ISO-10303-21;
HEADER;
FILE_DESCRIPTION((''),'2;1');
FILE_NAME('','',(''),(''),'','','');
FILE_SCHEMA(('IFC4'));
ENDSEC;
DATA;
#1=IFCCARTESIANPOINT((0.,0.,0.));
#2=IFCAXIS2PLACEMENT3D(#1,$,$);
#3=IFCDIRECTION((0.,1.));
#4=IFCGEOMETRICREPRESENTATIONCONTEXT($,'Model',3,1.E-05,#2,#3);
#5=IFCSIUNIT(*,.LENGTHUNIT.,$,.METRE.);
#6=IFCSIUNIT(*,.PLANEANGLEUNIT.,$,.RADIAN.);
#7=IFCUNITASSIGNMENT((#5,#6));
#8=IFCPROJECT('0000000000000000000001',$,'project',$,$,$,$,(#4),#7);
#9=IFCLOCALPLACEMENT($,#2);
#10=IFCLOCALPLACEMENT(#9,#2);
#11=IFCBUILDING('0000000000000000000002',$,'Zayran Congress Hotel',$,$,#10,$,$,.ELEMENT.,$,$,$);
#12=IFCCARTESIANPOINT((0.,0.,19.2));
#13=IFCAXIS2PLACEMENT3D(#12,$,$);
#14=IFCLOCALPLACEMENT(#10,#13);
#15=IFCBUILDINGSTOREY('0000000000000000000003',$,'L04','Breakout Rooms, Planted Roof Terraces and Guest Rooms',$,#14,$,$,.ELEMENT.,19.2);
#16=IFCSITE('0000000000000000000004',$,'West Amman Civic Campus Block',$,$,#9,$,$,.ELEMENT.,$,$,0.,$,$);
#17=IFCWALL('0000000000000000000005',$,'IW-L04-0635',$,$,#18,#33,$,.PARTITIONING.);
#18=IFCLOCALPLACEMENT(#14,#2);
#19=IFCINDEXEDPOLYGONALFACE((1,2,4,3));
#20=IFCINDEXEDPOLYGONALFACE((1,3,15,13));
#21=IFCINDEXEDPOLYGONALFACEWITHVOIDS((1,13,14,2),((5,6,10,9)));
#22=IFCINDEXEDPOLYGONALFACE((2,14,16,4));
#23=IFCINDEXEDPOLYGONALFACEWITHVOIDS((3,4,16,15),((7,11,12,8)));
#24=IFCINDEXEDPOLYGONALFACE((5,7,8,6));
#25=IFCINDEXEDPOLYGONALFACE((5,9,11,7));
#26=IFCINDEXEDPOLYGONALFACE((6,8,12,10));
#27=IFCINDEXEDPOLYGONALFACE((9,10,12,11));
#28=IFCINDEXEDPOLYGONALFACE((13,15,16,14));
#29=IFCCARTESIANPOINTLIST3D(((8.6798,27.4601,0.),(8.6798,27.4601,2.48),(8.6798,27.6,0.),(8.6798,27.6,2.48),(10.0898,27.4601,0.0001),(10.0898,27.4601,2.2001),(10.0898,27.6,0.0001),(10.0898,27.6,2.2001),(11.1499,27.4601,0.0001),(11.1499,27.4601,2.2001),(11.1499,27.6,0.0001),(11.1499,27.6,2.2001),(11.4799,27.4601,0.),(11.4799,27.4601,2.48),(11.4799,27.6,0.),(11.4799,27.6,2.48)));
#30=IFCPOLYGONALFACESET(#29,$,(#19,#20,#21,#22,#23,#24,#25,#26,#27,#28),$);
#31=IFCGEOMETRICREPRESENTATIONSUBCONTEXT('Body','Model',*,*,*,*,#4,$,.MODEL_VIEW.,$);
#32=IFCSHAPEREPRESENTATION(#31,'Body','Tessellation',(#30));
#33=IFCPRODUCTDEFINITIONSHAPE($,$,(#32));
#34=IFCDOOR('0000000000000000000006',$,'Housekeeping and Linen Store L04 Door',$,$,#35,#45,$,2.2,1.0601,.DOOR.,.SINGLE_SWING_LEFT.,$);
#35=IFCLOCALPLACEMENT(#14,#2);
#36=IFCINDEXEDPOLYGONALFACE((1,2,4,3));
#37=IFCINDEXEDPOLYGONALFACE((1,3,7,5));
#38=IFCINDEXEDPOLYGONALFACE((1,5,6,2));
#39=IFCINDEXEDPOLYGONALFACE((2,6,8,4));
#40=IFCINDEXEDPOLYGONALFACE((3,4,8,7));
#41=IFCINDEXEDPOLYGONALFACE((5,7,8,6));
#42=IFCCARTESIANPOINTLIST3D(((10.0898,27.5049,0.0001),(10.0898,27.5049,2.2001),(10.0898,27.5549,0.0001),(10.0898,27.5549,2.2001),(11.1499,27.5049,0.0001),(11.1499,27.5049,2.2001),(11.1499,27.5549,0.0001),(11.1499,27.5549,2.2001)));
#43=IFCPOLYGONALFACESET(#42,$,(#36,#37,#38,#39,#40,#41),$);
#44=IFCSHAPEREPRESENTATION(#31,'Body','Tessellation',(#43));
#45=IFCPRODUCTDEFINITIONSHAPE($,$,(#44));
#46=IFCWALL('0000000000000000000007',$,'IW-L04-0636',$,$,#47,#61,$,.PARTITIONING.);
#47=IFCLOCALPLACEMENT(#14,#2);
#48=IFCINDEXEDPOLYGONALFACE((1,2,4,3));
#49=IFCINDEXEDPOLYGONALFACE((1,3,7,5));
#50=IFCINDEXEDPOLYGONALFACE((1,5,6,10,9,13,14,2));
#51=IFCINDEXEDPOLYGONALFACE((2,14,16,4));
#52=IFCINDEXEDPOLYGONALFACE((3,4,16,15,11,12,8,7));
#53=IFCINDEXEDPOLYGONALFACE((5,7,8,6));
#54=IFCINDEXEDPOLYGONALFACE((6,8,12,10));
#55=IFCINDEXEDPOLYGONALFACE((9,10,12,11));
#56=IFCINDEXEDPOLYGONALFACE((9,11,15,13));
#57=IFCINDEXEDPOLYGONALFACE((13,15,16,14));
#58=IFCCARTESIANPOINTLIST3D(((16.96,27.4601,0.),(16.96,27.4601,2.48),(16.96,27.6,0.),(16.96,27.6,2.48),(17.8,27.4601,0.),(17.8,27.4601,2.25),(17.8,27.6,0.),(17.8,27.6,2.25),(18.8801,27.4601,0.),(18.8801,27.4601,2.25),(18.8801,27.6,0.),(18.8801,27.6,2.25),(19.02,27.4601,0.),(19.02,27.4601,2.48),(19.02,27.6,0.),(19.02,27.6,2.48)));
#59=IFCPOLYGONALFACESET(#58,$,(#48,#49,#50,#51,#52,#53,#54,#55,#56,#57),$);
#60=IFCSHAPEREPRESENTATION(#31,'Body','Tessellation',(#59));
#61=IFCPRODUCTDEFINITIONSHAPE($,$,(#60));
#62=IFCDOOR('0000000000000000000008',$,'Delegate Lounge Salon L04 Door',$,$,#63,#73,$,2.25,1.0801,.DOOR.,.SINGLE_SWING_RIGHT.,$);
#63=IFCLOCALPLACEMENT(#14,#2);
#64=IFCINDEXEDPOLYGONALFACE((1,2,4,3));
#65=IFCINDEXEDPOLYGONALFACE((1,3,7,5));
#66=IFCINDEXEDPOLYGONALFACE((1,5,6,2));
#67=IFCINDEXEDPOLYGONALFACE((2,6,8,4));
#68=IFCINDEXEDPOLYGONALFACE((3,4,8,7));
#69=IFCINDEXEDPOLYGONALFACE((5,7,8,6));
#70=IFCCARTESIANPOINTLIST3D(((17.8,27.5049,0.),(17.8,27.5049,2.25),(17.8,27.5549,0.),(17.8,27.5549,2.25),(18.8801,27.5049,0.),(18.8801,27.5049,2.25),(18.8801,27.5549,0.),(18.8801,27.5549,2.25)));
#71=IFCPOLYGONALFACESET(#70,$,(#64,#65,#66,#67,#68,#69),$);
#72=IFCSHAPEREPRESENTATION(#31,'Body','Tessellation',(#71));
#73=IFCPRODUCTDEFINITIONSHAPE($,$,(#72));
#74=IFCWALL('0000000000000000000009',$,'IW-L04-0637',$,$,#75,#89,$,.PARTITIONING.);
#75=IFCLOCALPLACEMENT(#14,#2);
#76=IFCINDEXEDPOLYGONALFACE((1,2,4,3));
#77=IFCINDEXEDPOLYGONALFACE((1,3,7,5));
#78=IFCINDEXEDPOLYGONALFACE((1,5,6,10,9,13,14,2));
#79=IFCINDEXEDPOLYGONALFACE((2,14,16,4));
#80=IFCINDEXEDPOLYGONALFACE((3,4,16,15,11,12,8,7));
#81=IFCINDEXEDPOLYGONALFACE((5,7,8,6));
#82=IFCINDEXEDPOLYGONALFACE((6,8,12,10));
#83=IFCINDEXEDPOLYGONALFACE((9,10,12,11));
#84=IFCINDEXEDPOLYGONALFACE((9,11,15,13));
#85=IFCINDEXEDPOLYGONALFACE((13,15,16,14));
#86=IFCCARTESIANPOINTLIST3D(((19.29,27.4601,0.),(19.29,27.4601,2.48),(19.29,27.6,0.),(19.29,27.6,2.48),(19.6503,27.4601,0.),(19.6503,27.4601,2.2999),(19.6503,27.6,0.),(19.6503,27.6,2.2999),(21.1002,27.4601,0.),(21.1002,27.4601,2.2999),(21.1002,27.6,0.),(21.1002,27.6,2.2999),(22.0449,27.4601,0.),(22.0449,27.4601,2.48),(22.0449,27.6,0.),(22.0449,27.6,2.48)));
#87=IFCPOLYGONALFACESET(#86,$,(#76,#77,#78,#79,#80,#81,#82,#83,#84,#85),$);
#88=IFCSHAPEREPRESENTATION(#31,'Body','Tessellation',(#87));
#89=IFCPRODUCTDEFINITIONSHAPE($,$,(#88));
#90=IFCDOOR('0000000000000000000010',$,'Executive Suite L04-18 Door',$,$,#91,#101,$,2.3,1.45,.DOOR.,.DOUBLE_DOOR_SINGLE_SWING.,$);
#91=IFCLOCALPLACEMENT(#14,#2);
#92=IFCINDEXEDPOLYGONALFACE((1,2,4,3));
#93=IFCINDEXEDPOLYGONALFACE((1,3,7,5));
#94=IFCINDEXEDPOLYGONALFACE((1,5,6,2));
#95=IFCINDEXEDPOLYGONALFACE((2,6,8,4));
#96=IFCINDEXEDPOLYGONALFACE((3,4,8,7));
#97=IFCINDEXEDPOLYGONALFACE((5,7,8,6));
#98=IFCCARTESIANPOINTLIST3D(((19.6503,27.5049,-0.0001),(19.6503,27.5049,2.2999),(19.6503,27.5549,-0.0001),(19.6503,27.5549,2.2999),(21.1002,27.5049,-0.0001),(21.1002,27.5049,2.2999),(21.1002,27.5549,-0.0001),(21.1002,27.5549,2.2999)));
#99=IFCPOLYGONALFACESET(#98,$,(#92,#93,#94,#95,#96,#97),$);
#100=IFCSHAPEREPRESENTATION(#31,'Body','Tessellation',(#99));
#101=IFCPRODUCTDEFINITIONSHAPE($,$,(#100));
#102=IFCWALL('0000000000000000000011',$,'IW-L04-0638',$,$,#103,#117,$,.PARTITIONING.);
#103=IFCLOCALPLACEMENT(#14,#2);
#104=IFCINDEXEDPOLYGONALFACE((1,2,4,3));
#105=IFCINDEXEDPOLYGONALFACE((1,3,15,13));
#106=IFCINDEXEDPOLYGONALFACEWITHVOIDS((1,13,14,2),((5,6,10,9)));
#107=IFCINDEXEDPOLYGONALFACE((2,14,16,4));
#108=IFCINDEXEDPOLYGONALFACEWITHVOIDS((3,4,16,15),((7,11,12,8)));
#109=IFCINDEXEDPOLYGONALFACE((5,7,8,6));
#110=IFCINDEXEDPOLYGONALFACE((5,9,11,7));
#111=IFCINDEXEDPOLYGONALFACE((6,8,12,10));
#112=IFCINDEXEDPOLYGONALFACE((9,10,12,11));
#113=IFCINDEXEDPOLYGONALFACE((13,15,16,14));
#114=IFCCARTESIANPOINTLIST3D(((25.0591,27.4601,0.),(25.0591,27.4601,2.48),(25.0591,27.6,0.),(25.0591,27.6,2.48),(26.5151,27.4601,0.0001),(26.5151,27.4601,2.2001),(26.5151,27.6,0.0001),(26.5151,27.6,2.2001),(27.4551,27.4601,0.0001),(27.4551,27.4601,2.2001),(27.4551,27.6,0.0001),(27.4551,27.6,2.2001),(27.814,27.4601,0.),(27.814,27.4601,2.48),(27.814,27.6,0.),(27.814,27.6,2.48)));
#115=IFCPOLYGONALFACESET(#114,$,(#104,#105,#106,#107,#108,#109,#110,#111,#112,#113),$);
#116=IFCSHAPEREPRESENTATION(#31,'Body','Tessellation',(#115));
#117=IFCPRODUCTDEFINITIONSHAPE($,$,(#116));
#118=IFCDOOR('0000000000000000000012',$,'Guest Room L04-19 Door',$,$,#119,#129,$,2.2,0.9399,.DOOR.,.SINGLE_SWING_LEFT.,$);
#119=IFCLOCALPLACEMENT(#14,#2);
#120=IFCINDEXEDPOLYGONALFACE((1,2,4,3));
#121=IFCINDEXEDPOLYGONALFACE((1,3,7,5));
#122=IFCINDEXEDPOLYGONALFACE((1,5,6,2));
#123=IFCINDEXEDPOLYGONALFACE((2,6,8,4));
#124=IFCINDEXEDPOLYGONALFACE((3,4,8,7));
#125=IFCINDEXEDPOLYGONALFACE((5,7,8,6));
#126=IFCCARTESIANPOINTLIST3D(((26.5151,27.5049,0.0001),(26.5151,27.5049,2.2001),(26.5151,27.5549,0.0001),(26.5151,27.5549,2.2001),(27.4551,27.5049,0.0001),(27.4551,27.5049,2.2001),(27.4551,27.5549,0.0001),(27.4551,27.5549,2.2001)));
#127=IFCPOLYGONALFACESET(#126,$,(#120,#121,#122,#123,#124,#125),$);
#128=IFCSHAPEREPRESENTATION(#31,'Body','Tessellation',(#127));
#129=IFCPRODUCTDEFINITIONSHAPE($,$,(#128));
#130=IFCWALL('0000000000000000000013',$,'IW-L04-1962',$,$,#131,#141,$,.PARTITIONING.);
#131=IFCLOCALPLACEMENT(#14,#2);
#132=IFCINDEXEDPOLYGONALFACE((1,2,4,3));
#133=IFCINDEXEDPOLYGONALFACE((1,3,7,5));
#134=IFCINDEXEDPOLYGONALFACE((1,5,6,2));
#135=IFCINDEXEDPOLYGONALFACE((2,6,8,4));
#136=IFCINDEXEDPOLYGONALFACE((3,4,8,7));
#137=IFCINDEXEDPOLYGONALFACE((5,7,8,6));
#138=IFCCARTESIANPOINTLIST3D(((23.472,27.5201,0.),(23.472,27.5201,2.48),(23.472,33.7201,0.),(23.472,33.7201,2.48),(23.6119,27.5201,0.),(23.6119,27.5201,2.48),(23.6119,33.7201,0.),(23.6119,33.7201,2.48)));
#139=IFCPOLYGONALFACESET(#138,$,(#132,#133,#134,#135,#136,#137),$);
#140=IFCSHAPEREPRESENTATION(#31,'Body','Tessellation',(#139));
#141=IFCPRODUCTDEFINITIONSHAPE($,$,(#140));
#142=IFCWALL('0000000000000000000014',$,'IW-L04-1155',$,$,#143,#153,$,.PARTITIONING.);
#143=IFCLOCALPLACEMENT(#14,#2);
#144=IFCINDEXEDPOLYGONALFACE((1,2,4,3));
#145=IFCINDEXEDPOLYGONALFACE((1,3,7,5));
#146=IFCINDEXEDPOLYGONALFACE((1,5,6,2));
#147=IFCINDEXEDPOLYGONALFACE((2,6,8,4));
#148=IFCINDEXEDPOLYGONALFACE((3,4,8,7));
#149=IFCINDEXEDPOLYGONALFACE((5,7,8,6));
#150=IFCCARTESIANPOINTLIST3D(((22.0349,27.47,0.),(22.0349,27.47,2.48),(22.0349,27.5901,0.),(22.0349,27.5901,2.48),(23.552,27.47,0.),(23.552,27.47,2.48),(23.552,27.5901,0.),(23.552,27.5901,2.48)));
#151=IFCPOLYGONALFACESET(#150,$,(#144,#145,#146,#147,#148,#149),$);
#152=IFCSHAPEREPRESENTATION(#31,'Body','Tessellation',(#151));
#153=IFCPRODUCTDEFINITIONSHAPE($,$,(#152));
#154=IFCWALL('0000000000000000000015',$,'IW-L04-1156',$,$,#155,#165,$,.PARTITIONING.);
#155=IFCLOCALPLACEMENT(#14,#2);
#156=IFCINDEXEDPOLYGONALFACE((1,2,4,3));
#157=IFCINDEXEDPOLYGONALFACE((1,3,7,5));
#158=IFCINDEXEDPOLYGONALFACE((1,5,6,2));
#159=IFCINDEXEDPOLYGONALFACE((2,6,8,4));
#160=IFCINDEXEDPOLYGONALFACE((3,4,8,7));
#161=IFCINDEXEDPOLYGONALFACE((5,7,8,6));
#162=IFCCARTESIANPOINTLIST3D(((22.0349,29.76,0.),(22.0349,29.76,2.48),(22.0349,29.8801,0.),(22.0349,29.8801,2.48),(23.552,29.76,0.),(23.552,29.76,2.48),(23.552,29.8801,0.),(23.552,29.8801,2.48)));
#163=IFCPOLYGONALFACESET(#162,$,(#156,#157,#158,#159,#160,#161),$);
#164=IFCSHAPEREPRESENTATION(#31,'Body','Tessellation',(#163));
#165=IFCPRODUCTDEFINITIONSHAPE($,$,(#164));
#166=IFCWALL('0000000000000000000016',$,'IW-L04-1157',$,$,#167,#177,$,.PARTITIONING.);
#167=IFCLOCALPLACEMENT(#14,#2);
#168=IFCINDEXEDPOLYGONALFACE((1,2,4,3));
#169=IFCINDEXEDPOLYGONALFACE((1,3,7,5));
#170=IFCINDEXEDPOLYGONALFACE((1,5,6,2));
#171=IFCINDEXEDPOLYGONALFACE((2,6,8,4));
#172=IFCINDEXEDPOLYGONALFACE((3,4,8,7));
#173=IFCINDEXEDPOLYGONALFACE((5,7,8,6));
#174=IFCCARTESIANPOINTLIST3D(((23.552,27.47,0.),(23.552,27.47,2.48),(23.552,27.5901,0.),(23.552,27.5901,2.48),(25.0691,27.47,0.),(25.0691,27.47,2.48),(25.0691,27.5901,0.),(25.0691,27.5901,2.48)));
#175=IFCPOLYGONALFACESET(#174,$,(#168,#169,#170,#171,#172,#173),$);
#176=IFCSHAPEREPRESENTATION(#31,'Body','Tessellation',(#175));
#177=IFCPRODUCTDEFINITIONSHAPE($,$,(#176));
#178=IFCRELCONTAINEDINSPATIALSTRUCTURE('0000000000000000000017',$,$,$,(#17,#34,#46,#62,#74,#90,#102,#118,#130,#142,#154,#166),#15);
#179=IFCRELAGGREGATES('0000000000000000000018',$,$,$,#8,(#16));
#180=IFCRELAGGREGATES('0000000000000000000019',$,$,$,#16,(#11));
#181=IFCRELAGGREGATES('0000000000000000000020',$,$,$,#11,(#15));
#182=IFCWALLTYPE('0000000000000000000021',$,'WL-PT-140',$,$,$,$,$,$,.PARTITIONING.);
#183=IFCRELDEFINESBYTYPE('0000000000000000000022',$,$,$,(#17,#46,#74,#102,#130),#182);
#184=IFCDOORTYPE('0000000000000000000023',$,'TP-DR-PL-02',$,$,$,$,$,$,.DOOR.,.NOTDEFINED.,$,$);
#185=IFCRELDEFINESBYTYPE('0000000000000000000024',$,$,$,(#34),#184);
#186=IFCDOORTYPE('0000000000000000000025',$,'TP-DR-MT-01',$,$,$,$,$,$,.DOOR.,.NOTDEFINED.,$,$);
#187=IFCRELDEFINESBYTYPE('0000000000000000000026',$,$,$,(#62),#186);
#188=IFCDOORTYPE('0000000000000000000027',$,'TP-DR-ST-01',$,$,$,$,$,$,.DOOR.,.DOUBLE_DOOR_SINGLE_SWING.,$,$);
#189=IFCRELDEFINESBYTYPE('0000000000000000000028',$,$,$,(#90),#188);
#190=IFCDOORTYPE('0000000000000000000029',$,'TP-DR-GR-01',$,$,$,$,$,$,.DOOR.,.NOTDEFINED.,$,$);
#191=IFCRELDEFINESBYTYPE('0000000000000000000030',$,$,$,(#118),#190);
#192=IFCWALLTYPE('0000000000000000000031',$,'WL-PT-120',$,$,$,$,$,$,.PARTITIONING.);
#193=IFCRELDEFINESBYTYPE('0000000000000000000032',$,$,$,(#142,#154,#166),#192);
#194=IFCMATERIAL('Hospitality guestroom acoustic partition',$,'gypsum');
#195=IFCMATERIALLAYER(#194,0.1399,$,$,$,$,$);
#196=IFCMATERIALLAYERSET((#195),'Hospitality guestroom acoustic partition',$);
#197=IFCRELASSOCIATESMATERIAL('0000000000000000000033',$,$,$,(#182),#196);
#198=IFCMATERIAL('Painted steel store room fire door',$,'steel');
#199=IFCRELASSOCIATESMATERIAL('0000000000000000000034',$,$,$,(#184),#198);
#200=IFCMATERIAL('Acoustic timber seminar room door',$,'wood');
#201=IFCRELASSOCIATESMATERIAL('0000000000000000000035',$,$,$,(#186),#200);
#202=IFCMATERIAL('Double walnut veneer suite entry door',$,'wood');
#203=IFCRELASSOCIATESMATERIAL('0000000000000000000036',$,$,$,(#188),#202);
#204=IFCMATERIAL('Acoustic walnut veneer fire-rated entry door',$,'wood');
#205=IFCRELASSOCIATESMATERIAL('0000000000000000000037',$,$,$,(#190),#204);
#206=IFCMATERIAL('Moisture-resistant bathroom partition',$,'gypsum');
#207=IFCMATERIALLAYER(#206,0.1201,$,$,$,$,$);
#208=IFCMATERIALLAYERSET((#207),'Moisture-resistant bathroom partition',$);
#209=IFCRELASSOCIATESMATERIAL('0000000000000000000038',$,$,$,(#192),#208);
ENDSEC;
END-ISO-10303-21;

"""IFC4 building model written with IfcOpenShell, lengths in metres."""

from ifc_helpers import new_model, si_unit, direction, frame, frame_2d, origin, place, context, subcontext, project, spatial, rectangle, extrude, material, layer, layer_set, type_object, element, fill, save


model = new_model("IFC4")

# Units and contexts
model_context = context("Model", 3, precision=1e-05, world=origin(), true_north=direction((0.0, 1.0)))
body_context = subcontext(model_context, "Body", "Model", "MODEL_VIEW")
ifc_project = project(units=[si_unit("LENGTHUNIT", "METRE"), si_unit("PLANEANGLEUNIT", "RADIAN")], contexts=[model_context])

# Site, building, storey
site_placement = place(None, origin())
site = spatial("IfcSite", under=ifc_project, at=site_placement, Name="West Amman Civic Campus Block", CompositionType="ELEMENT", RefElevation=0.0)
building_placement = place(site_placement, origin())
building = spatial("IfcBuilding", under=site, at=building_placement, Name="Zayran Congress Hotel", CompositionType="ELEMENT")
storey_placement = place(building_placement, frame((0.0, 0.0, 19.2)))
storey = spatial("IfcBuildingStorey", under=building, at=storey_placement, Name="L04", Description="Breakout Rooms, Planted Roof Terraces and Guest Rooms", CompositionType="ELEMENT", Elevation=19.2)

# Walls, openings, doors
ifc_material_1 = material(Name="Hospitality guestroom acoustic partition", Category="gypsum")
ifc_layer_1 = layer(ifc_material_1, 0.1399)
ifc_layer_set_1 = layer_set([ifc_layer_1], Name="Hospitality guestroom acoustic partition")
wall_type_1 = type_object("IfcWallType", Name="WL-PT-140", PredefinedType="PARTITIONING", material=ifc_layer_set_1)
wall_1_placement = place(storey_placement, frame((8.6799, 27.53, 0.0), z_axis=(0.0, 0.0, 1.0), x_axis=(1.0, 0.0, 0.0)))
wall_1 = element("IfcWall", 1, at=wall_1_placement, inside=storey, type_object=wall_type_1, Name="IW-L04-0635", PredefinedType="PARTITIONING", context=body_context, shape_type="SweptSolid", body=[
    extrude(rectangle(XDim=2.8, YDim=0.1399, at=frame_2d((1.3999, 0.0))), origin(), (0.0, 0.0, 1.0), 2.48),
])
opening_1_placement = place(wall_1_placement, frame((1.4099, 0.0, 0.0)))
opening_1 = element("IfcOpeningElement", 2, at=opening_1_placement, cuts=wall_1, PredefinedType="OPENING", context=body_context, shape_type="SweptSolid", body=[
    extrude(rectangle(XDim=1.0601, YDim=2.2, at=frame_2d((0.53, 1.1001))), frame((0.0, 0.0798, 0.0), z_axis=(0.0, -1.0, 0.0), x_axis=(1.0, 0.0, 0.0)), (0.0, 0.0, 1.0), 0.1599),
])
ifc_material_2 = material(Name="Painted steel store room fire door", Category="steel")
door_type_1 = type_object("IfcDoorType", Name="TP-DR-PL-02", OperationType="NOTDEFINED", PredefinedType="DOOR", material=ifc_material_2)
door_1_placement = place(opening_1_placement, origin())
door_1 = element("IfcDoor", 3, at=door_1_placement, inside=storey, type_object=door_type_1, Name="Housekeeping and Linen Store L04 Door", OperationType="SINGLE_SWING_LEFT", OverallHeight=2.2, OverallWidth=1.0601, PredefinedType="DOOR", context=body_context, shape_type="SweptSolid", body=[
    extrude(rectangle(XDim=1.0601, YDim=2.2, at=frame_2d((0.53, 1.1001))), frame((0.0, 0.0249, 0.0), z_axis=(0.0, -1.0, 0.0), x_axis=(1.0, 0.0, 0.0)), (0.0, 0.0, 1.0), 0.05),
])
fill(opening_1, door_1)
wall_2_placement = place(storey_placement, frame((16.96, 27.53, 0.0), z_axis=(0.0, 0.0, 1.0), x_axis=(1.0, 0.0, 0.0)))
wall_2 = element("IfcWall", 4, at=wall_2_placement, inside=storey, type_object=wall_type_1, Name="IW-L04-0636", PredefinedType="PARTITIONING", context=body_context, shape_type="SweptSolid", body=[
    extrude(rectangle(XDim=2.0601, YDim=0.1399, at=frame_2d((1.03, 0.0))), origin(), (0.0, 0.0, 1.0), 2.48),
])
opening_2_placement = place(wall_2_placement, frame((0.8401, 0.0, 0.0)))
opening_2 = element("IfcOpeningElement", 5, at=opening_2_placement, cuts=wall_2, PredefinedType="OPENING", context=body_context, shape_type="SweptSolid", body=[
    extrude(rectangle(XDim=1.0801, YDim=2.25, at=frame_2d((0.54, 1.125))), frame((0.0, 0.0798, 0.0), z_axis=(0.0, -1.0, 0.0), x_axis=(1.0, 0.0, 0.0)), (0.0, 0.0, 1.0), 0.1599),
])
ifc_material_3 = material(Name="Acoustic timber seminar room door", Category="wood")
door_type_2 = type_object("IfcDoorType", Name="TP-DR-MT-01", OperationType="NOTDEFINED", PredefinedType="DOOR", material=ifc_material_3)
door_2_placement = place(opening_2_placement, origin())
door_2 = element("IfcDoor", 6, at=door_2_placement, inside=storey, type_object=door_type_2, Name="Delegate Lounge Salon L04 Door", OperationType="SINGLE_SWING_RIGHT", OverallHeight=2.25, OverallWidth=1.0801, PredefinedType="DOOR", context=body_context, shape_type="SweptSolid", body=[
    extrude(rectangle(XDim=1.0801, YDim=2.25, at=frame_2d((0.54, 1.125))), frame((0.0, 0.0249, 0.0), z_axis=(0.0, -1.0, 0.0), x_axis=(1.0, 0.0, 0.0)), (0.0, 0.0, 1.0), 0.05),
])
fill(opening_2, door_2)
wall_3_placement = place(storey_placement, frame((19.29, 27.53, 0.0), z_axis=(0.0, 0.0, 1.0), x_axis=(1.0, 0.0, 0.0)))
wall_3 = element("IfcWall", 7, at=wall_3_placement, inside=storey, type_object=wall_type_1, Name="IW-L04-0637", PredefinedType="PARTITIONING", context=body_context, shape_type="SweptSolid", body=[
    extrude(rectangle(XDim=2.7549, YDim=0.1399, at=frame_2d((1.3774, 0.0))), origin(), (0.0, 0.0, 1.0), 2.48),
])
opening_3_placement = place(wall_3_placement, frame((0.3601, 0.0, 0.0)))
opening_3 = element("IfcOpeningElement", 8, at=opening_3_placement, cuts=wall_3, PredefinedType="OPENING", context=body_context, shape_type="SweptSolid", body=[
    extrude(rectangle(XDim=1.45, YDim=2.3, at=frame_2d((0.7251, 1.1499))), frame((0.0, 0.0798, 0.0), z_axis=(0.0, -1.0, 0.0), x_axis=(1.0, 0.0, 0.0)), (0.0, 0.0, 1.0), 0.1599),
])
ifc_material_4 = material(Name="Double walnut veneer suite entry door", Category="wood")
door_type_3 = type_object("IfcDoorType", Name="TP-DR-ST-01", OperationType="DOUBLE_DOOR_SINGLE_SWING", PredefinedType="DOOR", material=ifc_material_4)
door_3_placement = place(opening_3_placement, origin())
door_3 = element("IfcDoor", 9, at=door_3_placement, inside=storey, type_object=door_type_3, Name="Executive Suite L04-18 Door", OperationType="DOUBLE_DOOR_SINGLE_SWING", OverallHeight=2.3, OverallWidth=1.45, PredefinedType="DOOR", context=body_context, shape_type="SweptSolid", body=[
    extrude(rectangle(XDim=1.45, YDim=2.3, at=frame_2d((0.7251, 1.1499))), frame((0.0, 0.0249, 0.0), z_axis=(0.0, -1.0, 0.0), x_axis=(1.0, 0.0, 0.0)), (0.0, 0.0, 1.0), 0.05),
])
fill(opening_3, door_3)
wall_4_placement = place(storey_placement, frame((25.0591, 27.53, 0.0), z_axis=(0.0, 0.0, 1.0), x_axis=(1.0, 0.0, 0.0)))
wall_4 = element("IfcWall", 10, at=wall_4_placement, inside=storey, type_object=wall_type_1, Name="IW-L04-0638", PredefinedType="PARTITIONING", context=body_context, shape_type="SweptSolid", body=[
    extrude(rectangle(XDim=2.7549, YDim=0.1399, at=frame_2d((1.3774, 0.0))), origin(), (0.0, 0.0, 1.0), 2.48),
])
opening_4_placement = place(wall_4_placement, frame((1.4561, 0.0, 0.0)))
opening_4 = element("IfcOpeningElement", 11, at=opening_4_placement, cuts=wall_4, PredefinedType="OPENING", context=body_context, shape_type="SweptSolid", body=[
    extrude(rectangle(XDim=0.9399, YDim=2.2, at=frame_2d((0.47, 1.1001))), frame((0.0, 0.0798, 0.0), z_axis=(0.0, -1.0, 0.0), x_axis=(1.0, 0.0, 0.0)), (0.0, 0.0, 1.0), 0.1599),
])
ifc_material_5 = material(Name="Acoustic walnut veneer fire-rated entry door", Category="wood")
door_type_4 = type_object("IfcDoorType", Name="TP-DR-GR-01", OperationType="NOTDEFINED", PredefinedType="DOOR", material=ifc_material_5)
door_4_placement = place(opening_4_placement, origin())
door_4 = element("IfcDoor", 12, at=door_4_placement, inside=storey, type_object=door_type_4, Name="Guest Room L04-19 Door", OperationType="SINGLE_SWING_LEFT", OverallHeight=2.2, OverallWidth=0.9399, PredefinedType="DOOR", context=body_context, shape_type="SweptSolid", body=[
    extrude(rectangle(XDim=0.9399, YDim=2.2, at=frame_2d((0.47, 1.1001))), frame((0.0, 0.0249, 0.0), z_axis=(0.0, -1.0, 0.0), x_axis=(1.0, 0.0, 0.0)), (0.0, 0.0, 1.0), 0.05),
])
fill(opening_4, door_4)

# Wall
wall_5_placement = place(storey_placement, frame((23.542, 27.52, 0.0), z_axis=(0.0, 0.0, 1.0), x_axis=(0.0, 1.0, 0.0)))
element("IfcWall", 13, at=wall_5_placement, inside=storey, type_object=wall_type_1, Name="IW-L04-1962", PredefinedType="PARTITIONING", context=body_context, shape_type="SweptSolid", body=[
    extrude(rectangle(XDim=6.2, YDim=0.1399, at=frame_2d((3.1001, 0.0))), origin(), (0.0, 0.0, 1.0), 2.48),
])

# Shared definitions
ifc_material_6 = material(Name="Moisture-resistant bathroom partition", Category="gypsum")
ifc_layer_2 = layer(ifc_material_6, 0.1201)
ifc_layer_set_2 = layer_set([ifc_layer_2], Name="Moisture-resistant bathroom partition")
wall_type_2 = type_object("IfcWallType", Name="WL-PT-120", PredefinedType="PARTITIONING", material=ifc_layer_set_2)

# Walls
for number, where, z_axis, x_axis, name in (
    (14, (22.0349, 27.53, 0.0), (0.0, 0.0, 1.0), (1.0, 0.0, 0.0), "IW-L04-1155"),
    (15, (22.0349, 29.8201, 0.0), (0.0, 0.0, 1.0), (1.0, 0.0, 0.0), "IW-L04-1156"),
    (16, (23.552, 27.53, 0.0), (0.0, 0.0, 1.0), (1.0, 0.0, 0.0), "IW-L04-1157"),
):
    element("IfcWall", number, at=place(storey_placement, frame(where, z_axis=z_axis, x_axis=x_axis)), inside=storey, type_object=wall_type_2, Name=name, PredefinedType="PARTITIONING", context=body_context, shape_type="SweptSolid", body=[
        extrude(rectangle(XDim=1.5171, YDim=0.1201, at=frame_2d((0.7585, 0.0))), origin(), (0.0, 0.0, 1.0), 2.48),
    ])

save(model, "model.ifc")
